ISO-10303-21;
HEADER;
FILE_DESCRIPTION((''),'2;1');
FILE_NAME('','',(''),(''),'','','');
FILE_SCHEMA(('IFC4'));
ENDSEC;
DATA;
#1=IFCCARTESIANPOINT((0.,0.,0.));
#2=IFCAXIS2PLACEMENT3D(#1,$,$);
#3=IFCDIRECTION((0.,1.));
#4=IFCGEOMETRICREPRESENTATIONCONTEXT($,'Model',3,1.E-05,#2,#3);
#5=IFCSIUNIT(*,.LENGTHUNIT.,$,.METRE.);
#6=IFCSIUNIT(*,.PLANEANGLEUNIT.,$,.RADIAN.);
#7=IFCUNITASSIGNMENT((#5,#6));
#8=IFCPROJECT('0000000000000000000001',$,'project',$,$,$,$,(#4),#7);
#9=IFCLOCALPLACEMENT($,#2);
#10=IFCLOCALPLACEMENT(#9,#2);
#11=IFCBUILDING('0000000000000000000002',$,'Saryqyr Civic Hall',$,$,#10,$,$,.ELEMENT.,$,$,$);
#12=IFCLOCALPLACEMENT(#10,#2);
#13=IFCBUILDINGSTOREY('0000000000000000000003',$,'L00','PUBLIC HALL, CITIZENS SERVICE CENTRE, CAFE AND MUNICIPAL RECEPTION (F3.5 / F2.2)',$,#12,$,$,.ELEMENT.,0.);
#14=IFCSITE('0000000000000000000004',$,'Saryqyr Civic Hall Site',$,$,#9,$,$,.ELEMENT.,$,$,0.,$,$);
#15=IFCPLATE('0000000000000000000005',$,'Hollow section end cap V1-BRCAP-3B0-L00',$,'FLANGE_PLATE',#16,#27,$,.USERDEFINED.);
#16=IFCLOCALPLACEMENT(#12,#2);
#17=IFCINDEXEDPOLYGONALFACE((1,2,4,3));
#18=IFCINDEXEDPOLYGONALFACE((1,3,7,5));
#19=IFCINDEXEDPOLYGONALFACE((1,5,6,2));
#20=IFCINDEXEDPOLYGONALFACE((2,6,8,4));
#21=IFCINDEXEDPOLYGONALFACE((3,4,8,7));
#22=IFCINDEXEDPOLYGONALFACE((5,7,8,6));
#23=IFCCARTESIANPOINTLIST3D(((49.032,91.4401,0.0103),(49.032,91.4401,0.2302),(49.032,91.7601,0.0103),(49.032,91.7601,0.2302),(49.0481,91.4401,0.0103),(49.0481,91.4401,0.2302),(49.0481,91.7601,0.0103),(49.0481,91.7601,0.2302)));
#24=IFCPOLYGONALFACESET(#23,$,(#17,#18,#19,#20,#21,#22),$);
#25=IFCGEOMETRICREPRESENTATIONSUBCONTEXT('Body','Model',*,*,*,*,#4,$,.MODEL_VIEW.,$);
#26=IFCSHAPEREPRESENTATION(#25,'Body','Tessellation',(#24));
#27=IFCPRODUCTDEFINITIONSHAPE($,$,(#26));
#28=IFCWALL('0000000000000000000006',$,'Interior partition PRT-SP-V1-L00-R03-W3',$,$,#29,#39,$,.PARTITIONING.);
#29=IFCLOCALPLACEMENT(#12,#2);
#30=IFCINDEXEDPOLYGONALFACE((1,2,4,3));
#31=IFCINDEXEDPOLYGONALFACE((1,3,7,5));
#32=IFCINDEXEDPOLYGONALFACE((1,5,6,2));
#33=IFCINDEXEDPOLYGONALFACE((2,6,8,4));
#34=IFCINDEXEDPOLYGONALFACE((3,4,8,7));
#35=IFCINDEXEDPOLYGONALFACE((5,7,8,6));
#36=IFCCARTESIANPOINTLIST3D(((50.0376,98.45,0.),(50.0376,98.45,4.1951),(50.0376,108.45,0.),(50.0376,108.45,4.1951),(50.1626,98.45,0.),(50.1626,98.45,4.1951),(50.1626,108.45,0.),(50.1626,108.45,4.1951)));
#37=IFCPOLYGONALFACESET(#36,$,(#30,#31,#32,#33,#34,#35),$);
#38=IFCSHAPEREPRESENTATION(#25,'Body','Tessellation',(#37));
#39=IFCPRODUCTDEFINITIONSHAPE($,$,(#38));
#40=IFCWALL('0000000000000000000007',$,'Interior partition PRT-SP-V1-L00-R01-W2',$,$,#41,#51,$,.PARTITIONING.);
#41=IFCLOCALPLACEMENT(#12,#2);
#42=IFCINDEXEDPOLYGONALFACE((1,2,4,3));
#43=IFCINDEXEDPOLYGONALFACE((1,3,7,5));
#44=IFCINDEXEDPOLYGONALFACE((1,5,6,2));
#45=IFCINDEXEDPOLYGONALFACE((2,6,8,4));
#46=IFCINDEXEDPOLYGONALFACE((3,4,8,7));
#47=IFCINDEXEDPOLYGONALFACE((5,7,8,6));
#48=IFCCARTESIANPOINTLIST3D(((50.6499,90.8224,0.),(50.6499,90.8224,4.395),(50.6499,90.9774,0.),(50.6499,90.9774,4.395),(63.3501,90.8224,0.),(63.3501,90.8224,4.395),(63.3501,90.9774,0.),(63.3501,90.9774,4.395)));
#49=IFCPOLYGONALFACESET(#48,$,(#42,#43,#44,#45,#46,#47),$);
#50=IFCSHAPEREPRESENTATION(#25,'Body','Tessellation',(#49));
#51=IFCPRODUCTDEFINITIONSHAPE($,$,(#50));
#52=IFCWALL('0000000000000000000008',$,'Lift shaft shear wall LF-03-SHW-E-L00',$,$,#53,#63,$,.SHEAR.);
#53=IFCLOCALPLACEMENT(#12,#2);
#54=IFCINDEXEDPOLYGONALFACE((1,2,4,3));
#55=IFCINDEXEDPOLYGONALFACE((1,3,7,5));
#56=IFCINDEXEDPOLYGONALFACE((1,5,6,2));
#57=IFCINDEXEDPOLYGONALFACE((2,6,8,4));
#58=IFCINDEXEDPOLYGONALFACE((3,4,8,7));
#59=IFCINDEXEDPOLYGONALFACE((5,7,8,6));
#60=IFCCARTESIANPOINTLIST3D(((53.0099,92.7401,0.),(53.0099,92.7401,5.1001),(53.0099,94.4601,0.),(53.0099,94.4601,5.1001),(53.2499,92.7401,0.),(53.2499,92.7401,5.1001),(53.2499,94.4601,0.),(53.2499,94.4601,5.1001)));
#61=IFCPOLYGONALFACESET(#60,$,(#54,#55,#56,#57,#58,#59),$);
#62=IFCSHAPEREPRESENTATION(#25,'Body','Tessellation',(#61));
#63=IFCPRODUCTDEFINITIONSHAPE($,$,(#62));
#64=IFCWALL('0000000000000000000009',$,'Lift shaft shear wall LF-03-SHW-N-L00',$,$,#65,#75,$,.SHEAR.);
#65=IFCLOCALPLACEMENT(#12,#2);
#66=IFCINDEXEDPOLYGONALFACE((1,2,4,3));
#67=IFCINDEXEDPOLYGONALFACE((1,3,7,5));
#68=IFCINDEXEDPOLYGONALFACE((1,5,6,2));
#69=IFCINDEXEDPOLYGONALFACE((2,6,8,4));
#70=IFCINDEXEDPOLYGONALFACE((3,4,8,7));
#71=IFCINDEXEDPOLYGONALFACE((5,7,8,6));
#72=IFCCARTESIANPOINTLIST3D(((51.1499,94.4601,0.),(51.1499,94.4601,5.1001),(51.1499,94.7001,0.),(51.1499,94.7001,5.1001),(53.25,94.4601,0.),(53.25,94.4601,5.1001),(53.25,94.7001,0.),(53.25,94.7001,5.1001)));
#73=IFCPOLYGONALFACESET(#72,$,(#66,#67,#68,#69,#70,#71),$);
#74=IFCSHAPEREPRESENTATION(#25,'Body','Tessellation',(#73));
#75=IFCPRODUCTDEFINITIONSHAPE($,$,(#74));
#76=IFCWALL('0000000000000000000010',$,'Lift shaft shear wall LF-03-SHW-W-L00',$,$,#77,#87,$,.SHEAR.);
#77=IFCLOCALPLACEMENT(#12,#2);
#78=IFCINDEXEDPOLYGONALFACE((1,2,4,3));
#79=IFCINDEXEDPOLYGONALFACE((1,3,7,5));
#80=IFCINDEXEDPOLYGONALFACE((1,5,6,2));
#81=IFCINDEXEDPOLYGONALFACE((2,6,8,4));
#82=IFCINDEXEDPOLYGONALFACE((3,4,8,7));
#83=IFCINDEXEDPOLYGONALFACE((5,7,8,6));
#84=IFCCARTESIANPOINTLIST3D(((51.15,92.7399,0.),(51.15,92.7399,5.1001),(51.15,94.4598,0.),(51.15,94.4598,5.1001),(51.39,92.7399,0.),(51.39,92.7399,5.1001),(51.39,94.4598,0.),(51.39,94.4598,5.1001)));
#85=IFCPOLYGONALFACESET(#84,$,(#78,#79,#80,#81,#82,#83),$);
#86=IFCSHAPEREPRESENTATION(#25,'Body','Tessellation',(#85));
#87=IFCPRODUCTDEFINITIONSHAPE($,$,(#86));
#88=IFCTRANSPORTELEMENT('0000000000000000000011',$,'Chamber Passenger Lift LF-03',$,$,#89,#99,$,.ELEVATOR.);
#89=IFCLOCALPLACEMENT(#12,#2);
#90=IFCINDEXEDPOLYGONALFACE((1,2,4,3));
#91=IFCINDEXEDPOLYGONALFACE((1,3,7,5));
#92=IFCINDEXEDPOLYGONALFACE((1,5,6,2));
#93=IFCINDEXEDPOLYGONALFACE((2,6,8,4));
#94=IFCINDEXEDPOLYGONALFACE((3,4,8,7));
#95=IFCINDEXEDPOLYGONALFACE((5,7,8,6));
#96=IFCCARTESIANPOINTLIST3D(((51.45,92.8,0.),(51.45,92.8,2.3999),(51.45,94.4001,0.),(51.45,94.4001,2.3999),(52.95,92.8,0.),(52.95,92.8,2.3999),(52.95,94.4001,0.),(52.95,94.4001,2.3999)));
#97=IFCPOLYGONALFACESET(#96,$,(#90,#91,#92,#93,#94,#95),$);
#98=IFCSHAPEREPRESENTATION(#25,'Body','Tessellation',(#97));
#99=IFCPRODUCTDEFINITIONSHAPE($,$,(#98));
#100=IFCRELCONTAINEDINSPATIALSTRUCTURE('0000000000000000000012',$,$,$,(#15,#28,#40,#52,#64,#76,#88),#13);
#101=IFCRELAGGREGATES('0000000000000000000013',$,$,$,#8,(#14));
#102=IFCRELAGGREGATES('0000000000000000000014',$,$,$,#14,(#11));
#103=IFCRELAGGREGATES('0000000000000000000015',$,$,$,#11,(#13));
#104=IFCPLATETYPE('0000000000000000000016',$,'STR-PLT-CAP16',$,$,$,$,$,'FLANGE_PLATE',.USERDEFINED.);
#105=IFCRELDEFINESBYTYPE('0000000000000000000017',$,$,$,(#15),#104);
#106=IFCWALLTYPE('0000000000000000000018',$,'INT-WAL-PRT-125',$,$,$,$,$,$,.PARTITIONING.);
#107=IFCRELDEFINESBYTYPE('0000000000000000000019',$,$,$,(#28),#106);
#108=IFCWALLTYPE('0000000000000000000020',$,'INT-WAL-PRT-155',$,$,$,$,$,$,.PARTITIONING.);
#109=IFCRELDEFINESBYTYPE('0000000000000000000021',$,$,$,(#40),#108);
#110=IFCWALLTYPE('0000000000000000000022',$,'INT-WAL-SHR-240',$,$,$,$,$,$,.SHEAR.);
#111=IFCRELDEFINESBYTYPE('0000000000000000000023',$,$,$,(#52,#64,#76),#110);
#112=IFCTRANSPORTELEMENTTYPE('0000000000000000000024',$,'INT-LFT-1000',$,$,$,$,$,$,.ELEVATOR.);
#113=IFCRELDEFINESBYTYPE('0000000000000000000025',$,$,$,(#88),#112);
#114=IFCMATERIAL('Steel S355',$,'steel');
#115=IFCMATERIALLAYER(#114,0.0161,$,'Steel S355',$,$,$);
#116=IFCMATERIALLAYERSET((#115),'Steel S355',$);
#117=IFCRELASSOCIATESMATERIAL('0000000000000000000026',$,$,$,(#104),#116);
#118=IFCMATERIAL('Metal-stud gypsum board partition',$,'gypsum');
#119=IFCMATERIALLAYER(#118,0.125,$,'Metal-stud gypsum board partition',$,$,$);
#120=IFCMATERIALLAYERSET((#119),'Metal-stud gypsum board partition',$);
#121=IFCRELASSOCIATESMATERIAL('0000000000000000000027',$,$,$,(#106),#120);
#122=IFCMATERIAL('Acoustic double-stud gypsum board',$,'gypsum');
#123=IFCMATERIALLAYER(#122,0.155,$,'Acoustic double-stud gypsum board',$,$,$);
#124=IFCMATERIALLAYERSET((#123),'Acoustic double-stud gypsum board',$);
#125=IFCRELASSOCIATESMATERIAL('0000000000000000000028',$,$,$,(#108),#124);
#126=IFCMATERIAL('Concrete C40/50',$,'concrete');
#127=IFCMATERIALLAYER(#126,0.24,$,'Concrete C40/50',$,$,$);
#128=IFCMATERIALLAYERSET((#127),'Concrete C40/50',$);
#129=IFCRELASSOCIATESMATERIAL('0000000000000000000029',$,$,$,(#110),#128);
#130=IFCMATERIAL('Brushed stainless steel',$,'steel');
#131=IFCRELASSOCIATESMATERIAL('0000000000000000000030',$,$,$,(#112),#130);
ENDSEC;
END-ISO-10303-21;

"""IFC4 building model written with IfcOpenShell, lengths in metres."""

from ifc_helpers import new_model, si_unit, direction, frame, frame_2d, origin, origin_2d, place, context, subcontext, project, spatial, rectangle, extrude, material, layer, layer_set, type_object, element, save


model = new_model("IFC4")

# Units and contexts
model_context = context("Model", 3, precision=1e-05, world=origin(), true_north=direction((0.0, 1.0)))
body_context = subcontext(model_context, "Body", "Model", "MODEL_VIEW")
ifc_project = project(units=[si_unit("LENGTHUNIT", "METRE"), si_unit("PLANEANGLEUNIT", "RADIAN")], contexts=[model_context])

# Site, building, storey
site_placement = place(None, origin())
site = spatial("IfcSite", under=ifc_project, at=site_placement, Name="Saryqyr Civic Hall Site", CompositionType="ELEMENT", RefElevation=0.0)
building_placement = place(site_placement, origin())
building = spatial("IfcBuilding", under=site, at=building_placement, Name="Saryqyr Civic Hall", CompositionType="ELEMENT")
storey_placement = place(building_placement, origin())
storey = spatial("IfcBuildingStorey", under=building, at=storey_placement, Name="L00", Description="PUBLIC HALL, CITIZENS SERVICE CENTRE, CAFE AND MUNICIPAL RECEPTION (F3.5 / F2.2)", CompositionType="ELEMENT", Elevation=0.0)

# Shared definitions
ifc_material_1 = material(Name="Concrete C40/50", Category="concrete")

# Shared definitions
ifc_material_2 = material(Name="Steel S355", Category="steel")

# Plate
ifc_layer_1 = layer(ifc_material_2, 0.0161, Name="Steel S355")
ifc_layer_set_1 = layer_set([ifc_layer_1], Name="Steel S355")
plate_type = type_object("IfcPlateType", Name="STR-PLT-CAP16", ElementType="FLANGE_PLATE", PredefinedType="USERDEFINED", material=ifc_layer_set_1)
plate_placement = place(storey_placement, frame((49.04, 91.6001, 0.0103), z_axis=(0.0, 0.0, 1.0), x_axis=(1.0, 0.0, 0.0)))
element("IfcPlate", 1, at=plate_placement, inside=storey, type_object=plate_type, Name="Hollow section end cap V1-BRCAP-3B0-L00", ObjectType="FLANGE_PLATE", PredefinedType="USERDEFINED", context=body_context, shape_type="SweptSolid", body=[
    extrude(rectangle(XDim=0.0161, YDim=0.3201, at=origin_2d()), origin(), (0.0, 0.0, 1.0), 0.22),
])

# Walls
ifc_material_3 = material(Name="Metal-stud gypsum board partition", Category="gypsum")
ifc_layer_2 = layer(ifc_material_3, 0.125, Name="Metal-stud gypsum board partition")
ifc_layer_set_2 = layer_set([ifc_layer_2], Name="Metal-stud gypsum board partition")
wall_type_1 = type_object("IfcWallType", Name="INT-WAL-PRT-125", PredefinedType="PARTITIONING", material=ifc_layer_set_2)
wall_1_placement = place(storey_placement, frame((50.1001, 98.45, 0.0), z_axis=(0.0, 0.0, 1.0), x_axis=(0.0, 1.0, 0.0)))
element("IfcWall", 2, at=wall_1_placement, inside=storey, type_object=wall_type_1, Name="Interior partition PRT-SP-V1-L00-R03-W3", PredefinedType="PARTITIONING", context=body_context, shape_type="SweptSolid", body=[
    extrude(rectangle(XDim=10.0, YDim=0.125, at=frame_2d((5.0, 0.0))), origin(), (0.0, 0.0, 1.0), 4.1951),
])
ifc_material_4 = material(Name="Acoustic double-stud gypsum board", Category="gypsum")
ifc_layer_3 = layer(ifc_material_4, 0.155, Name="Acoustic double-stud gypsum board")
ifc_layer_set_3 = layer_set([ifc_layer_3], Name="Acoustic double-stud gypsum board")
wall_type_2 = type_object("IfcWallType", Name="INT-WAL-PRT-155", PredefinedType="PARTITIONING", material=ifc_layer_set_3)
wall_2_placement = place(storey_placement, frame((50.6499, 90.8999, 0.0), z_axis=(0.0, 0.0, 1.0), x_axis=(1.0, 0.0, 0.0)))
element("IfcWall", 3, at=wall_2_placement, inside=storey, type_object=wall_type_2, Name="Interior partition PRT-SP-V1-L00-R01-W2", PredefinedType="PARTITIONING", context=body_context, shape_type="SweptSolid", body=[
    extrude(rectangle(XDim=12.7002, YDim=0.155, at=frame_2d((6.3501, 0.0))), origin(), (0.0, 0.0, 1.0), 4.395),
])

# Shared definitions
ifc_layer_4 = layer(ifc_material_1, 0.24, Name="Concrete C40/50")
ifc_layer_set_4 = layer_set([ifc_layer_4], Name="Concrete C40/50")
wall_type_3 = type_object("IfcWallType", Name="INT-WAL-SHR-240", PredefinedType="SHEAR", material=ifc_layer_set_4)
ifc_material_5 = material(Name="Brushed stainless steel", Category="steel")

# Walls
wall_3_placement = place(storey_placement, frame((53.1299, 94.46, 0.0), z_axis=(0.0, 0.0, 1.0), x_axis=(0.0, -1.0, 0.0)))
element("IfcWall", 4, at=wall_3_placement, inside=storey, type_object=wall_type_3, Name="Lift shaft shear wall LF-03-SHW-E-L00", PredefinedType="SHEAR", context=body_context, shape_type="SweptSolid", body=[
    extrude(rectangle(XDim=1.72, YDim=0.24, at=frame_2d((0.8599, 0.0))), origin(), (0.0, 0.0, 1.0), 5.1001),
])
wall_4_placement = place(storey_placement, frame((51.1499, 94.5801, 0.0), z_axis=(0.0, 0.0, 1.0), x_axis=(1.0, 0.0, 0.0)))
element("IfcWall", 5, at=wall_4_placement, inside=storey, type_object=wall_type_3, Name="Lift shaft shear wall LF-03-SHW-N-L00", PredefinedType="SHEAR", context=body_context, shape_type="SweptSolid", body=[
    extrude(rectangle(XDim=2.1001, YDim=0.24, at=frame_2d((1.05, 0.0))), origin(), (0.0, 0.0, 1.0), 5.1001),
])
wall_5_placement = place(storey_placement, frame((51.27, 92.74, 0.0), z_axis=(0.0, 0.0, 1.0), x_axis=(0.0, 1.0, 0.0)))
element("IfcWall", 6, at=wall_5_placement, inside=storey, type_object=wall_type_3, Name="Lift shaft shear wall LF-03-SHW-W-L00", PredefinedType="SHEAR", context=body_context, shape_type="SweptSolid", body=[
    extrude(rectangle(XDim=1.72, YDim=0.24, at=frame_2d((0.8599, 0.0))), origin(), (0.0, 0.0, 1.0), 5.1001),
])

# Transport element
transport_element_type = type_object("IfcTransportElementType", Name="INT-LFT-1000", PredefinedType="ELEVATOR", material=ifc_material_5)
transport_element_placement = place(storey_placement, frame((52.2, 93.6001, 0.0), z_axis=(0.0, 0.0, 1.0), x_axis=(1.0, 0.0, 0.0)))
element("IfcTransportElement", 7, at=transport_element_placement, inside=storey, type_object=transport_element_type, Name="Chamber Passenger Lift LF-03", PredefinedType="ELEVATOR", context=body_context, shape_type="SweptSolid", body=[
    extrude(rectangle(XDim=1.5, YDim=1.6001, at=origin_2d()), origin(), (0.0, 0.0, 1.0), 2.3999),
])

save(model, "model.ifc")
